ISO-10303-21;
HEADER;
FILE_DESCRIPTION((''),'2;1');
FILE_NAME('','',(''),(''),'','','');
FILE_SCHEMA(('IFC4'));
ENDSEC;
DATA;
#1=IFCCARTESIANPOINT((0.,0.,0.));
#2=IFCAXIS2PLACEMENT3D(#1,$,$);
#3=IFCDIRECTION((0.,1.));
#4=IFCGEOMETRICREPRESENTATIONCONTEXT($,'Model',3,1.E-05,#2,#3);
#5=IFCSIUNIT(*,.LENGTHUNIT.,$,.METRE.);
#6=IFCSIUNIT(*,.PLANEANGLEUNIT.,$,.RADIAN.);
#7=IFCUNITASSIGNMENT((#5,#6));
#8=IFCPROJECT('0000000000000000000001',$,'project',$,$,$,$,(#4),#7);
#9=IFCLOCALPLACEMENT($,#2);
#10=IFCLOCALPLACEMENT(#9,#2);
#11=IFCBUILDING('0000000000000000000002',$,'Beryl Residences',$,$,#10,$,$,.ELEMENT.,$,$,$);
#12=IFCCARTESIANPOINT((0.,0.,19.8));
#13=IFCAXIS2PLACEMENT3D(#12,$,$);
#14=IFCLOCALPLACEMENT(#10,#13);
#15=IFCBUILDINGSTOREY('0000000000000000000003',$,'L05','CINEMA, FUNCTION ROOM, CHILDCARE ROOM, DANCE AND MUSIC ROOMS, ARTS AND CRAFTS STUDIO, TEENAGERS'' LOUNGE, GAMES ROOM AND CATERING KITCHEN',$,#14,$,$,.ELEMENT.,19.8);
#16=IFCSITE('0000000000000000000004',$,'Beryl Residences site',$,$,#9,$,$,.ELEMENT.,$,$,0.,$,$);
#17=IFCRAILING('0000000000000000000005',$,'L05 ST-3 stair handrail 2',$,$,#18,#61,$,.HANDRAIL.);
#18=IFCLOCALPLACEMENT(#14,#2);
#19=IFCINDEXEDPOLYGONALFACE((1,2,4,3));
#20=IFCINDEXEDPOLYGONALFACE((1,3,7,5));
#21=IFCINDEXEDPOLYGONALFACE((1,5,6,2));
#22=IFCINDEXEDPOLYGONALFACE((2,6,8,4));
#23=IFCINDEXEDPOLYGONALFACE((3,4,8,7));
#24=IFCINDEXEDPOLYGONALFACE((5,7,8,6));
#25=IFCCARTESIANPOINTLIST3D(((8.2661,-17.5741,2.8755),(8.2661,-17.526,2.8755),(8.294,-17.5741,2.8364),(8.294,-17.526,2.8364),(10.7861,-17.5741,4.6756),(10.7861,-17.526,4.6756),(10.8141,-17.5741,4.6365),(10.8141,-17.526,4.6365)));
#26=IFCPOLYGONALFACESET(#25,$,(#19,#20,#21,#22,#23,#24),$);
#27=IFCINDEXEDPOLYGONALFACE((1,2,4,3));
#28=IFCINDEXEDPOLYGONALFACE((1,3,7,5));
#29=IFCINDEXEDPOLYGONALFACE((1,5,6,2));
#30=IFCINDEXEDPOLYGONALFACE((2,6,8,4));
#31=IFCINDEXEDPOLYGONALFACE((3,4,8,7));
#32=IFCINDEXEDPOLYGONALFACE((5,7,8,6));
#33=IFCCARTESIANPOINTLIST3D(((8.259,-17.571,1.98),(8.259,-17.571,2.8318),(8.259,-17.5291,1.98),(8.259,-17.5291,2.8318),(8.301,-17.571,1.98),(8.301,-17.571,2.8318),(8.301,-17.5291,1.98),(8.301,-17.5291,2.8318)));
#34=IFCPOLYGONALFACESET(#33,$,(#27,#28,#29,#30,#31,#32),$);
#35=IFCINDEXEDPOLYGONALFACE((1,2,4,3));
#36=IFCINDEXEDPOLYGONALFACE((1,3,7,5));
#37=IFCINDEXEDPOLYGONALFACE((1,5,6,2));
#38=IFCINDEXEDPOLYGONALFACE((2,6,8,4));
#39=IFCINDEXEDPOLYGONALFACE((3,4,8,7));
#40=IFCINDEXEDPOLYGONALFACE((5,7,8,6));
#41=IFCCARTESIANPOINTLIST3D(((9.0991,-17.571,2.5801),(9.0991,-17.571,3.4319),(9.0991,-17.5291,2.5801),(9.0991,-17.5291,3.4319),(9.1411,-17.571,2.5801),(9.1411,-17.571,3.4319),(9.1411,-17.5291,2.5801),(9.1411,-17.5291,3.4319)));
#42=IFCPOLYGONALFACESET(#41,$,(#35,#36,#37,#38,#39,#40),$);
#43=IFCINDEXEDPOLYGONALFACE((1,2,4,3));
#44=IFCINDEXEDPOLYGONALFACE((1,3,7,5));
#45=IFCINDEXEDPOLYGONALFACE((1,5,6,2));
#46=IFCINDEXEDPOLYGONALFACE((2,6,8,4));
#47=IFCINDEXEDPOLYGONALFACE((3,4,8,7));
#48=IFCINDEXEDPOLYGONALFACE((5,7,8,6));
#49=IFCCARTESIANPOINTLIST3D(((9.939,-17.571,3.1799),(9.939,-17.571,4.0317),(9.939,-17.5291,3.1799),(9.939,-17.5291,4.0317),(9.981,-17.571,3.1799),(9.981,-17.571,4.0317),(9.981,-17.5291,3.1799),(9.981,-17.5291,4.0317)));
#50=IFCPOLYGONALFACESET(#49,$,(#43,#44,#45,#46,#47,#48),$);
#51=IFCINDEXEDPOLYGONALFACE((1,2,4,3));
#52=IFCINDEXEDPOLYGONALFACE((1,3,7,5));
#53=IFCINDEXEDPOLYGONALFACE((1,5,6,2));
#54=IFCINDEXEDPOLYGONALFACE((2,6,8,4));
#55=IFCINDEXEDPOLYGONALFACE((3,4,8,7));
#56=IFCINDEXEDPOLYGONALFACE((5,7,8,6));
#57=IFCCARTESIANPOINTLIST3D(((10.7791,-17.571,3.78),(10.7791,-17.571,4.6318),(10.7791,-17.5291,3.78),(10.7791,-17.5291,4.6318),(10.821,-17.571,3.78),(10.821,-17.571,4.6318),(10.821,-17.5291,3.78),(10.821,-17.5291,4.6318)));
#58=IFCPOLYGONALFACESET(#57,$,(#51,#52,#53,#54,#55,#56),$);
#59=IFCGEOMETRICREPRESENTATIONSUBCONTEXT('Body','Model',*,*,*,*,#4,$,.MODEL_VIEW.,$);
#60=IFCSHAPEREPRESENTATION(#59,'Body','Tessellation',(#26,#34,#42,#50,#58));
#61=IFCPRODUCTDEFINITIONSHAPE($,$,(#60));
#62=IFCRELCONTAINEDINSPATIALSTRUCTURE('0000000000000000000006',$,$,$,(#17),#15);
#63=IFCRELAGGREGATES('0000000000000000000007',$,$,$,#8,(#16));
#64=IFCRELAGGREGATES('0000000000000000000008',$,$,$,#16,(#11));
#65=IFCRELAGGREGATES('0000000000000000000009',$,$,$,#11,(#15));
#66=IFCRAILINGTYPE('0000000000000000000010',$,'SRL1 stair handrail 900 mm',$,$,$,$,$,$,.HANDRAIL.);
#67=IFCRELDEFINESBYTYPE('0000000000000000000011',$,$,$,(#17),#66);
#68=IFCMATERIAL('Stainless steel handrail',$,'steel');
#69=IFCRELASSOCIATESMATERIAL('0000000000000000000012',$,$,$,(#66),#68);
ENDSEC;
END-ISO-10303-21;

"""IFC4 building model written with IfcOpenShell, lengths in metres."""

from ifc_helpers import new_model, si_unit, direction, frame, origin, origin_2d, place, context, subcontext, project, spatial, rectangle, extrude, material, type_object, element, save


model = new_model("IFC4")

# Units and contexts
model_context = context("Model", 3, precision=1e-05, world=origin(), true_north=direction((0.0, 1.0)))
body_context = subcontext(model_context, "Body", "Model", "MODEL_VIEW")
ifc_project = project(units=[si_unit("LENGTHUNIT", "METRE"), si_unit("PLANEANGLEUNIT", "RADIAN")], contexts=[model_context])

# Site, building, storey
site_placement = place(None, origin())
site = spatial("IfcSite", under=ifc_project, at=site_placement, Name="Beryl Residences site", CompositionType="ELEMENT", RefElevation=0.0)
building_placement = place(site_placement, origin())
building = spatial("IfcBuilding", under=site, at=building_placement, Name="Beryl Residences", CompositionType="ELEMENT")
storey_placement = place(building_placement, frame((0.0, 0.0, 19.8)))
storey = spatial("IfcBuildingStorey", under=building, at=storey_placement, Name="L05", Description="CINEMA, FUNCTION ROOM, CHILDCARE ROOM, DANCE AND MUSIC ROOMS, ARTS AND CRAFTS STUDIO, TEENAGERS' LOUNGE, GAMES ROOM AND CATERING KITCHEN", CompositionType="ELEMENT", Elevation=19.8)

# Railing
ifc_material_1 = material(Name="Stainless steel handrail", Category="steel")
railing_type_1 = type_object("IfcRailingType", Name="SRL1 stair handrail 900 mm", PredefinedType="HANDRAIL", material=ifc_material_1)
railing_1_placement = place(storey_placement, frame((8.28, -17.55, 1.98)))
element("IfcRailing", 1, at=railing_1_placement, inside=storey, type_object=railing_type_1, Name="L05 ST-3 stair handrail 2", PredefinedType="HANDRAIL", context=body_context, shape_type="SweptSolid", body=[
    extrude(rectangle(XDim=0.0481, YDim=0.0481, at=origin_2d()), frame((0.0, 0.0, 0.876), z_axis=(0.813728, 0.0, 0.581246), x_axis=(0.0, 1.0, 0.0)), (0.0, 0.0, 1.0), 3.0969),
    extrude(rectangle(XDim=0.042, YDim=0.042, at=origin_2d()), origin(), (0.0, 0.0, 1.0), 0.8518),
    extrude(rectangle(XDim=0.042, YDim=0.042, at=origin_2d()), frame((0.8401, 0.0, 0.6001)), (0.0, 0.0, 1.0), 0.8518),
    extrude(rectangle(XDim=0.042, YDim=0.042, at=origin_2d()), frame((1.6799, 0.0, 1.2)), (0.0, 0.0, 1.0), 0.8518),
    extrude(rectangle(XDim=0.042, YDim=0.042, at=origin_2d()), frame((2.52, 0.0, 1.8)), (0.0, 0.0, 1.0), 0.8518),
])

save(model, "model.ifc")
